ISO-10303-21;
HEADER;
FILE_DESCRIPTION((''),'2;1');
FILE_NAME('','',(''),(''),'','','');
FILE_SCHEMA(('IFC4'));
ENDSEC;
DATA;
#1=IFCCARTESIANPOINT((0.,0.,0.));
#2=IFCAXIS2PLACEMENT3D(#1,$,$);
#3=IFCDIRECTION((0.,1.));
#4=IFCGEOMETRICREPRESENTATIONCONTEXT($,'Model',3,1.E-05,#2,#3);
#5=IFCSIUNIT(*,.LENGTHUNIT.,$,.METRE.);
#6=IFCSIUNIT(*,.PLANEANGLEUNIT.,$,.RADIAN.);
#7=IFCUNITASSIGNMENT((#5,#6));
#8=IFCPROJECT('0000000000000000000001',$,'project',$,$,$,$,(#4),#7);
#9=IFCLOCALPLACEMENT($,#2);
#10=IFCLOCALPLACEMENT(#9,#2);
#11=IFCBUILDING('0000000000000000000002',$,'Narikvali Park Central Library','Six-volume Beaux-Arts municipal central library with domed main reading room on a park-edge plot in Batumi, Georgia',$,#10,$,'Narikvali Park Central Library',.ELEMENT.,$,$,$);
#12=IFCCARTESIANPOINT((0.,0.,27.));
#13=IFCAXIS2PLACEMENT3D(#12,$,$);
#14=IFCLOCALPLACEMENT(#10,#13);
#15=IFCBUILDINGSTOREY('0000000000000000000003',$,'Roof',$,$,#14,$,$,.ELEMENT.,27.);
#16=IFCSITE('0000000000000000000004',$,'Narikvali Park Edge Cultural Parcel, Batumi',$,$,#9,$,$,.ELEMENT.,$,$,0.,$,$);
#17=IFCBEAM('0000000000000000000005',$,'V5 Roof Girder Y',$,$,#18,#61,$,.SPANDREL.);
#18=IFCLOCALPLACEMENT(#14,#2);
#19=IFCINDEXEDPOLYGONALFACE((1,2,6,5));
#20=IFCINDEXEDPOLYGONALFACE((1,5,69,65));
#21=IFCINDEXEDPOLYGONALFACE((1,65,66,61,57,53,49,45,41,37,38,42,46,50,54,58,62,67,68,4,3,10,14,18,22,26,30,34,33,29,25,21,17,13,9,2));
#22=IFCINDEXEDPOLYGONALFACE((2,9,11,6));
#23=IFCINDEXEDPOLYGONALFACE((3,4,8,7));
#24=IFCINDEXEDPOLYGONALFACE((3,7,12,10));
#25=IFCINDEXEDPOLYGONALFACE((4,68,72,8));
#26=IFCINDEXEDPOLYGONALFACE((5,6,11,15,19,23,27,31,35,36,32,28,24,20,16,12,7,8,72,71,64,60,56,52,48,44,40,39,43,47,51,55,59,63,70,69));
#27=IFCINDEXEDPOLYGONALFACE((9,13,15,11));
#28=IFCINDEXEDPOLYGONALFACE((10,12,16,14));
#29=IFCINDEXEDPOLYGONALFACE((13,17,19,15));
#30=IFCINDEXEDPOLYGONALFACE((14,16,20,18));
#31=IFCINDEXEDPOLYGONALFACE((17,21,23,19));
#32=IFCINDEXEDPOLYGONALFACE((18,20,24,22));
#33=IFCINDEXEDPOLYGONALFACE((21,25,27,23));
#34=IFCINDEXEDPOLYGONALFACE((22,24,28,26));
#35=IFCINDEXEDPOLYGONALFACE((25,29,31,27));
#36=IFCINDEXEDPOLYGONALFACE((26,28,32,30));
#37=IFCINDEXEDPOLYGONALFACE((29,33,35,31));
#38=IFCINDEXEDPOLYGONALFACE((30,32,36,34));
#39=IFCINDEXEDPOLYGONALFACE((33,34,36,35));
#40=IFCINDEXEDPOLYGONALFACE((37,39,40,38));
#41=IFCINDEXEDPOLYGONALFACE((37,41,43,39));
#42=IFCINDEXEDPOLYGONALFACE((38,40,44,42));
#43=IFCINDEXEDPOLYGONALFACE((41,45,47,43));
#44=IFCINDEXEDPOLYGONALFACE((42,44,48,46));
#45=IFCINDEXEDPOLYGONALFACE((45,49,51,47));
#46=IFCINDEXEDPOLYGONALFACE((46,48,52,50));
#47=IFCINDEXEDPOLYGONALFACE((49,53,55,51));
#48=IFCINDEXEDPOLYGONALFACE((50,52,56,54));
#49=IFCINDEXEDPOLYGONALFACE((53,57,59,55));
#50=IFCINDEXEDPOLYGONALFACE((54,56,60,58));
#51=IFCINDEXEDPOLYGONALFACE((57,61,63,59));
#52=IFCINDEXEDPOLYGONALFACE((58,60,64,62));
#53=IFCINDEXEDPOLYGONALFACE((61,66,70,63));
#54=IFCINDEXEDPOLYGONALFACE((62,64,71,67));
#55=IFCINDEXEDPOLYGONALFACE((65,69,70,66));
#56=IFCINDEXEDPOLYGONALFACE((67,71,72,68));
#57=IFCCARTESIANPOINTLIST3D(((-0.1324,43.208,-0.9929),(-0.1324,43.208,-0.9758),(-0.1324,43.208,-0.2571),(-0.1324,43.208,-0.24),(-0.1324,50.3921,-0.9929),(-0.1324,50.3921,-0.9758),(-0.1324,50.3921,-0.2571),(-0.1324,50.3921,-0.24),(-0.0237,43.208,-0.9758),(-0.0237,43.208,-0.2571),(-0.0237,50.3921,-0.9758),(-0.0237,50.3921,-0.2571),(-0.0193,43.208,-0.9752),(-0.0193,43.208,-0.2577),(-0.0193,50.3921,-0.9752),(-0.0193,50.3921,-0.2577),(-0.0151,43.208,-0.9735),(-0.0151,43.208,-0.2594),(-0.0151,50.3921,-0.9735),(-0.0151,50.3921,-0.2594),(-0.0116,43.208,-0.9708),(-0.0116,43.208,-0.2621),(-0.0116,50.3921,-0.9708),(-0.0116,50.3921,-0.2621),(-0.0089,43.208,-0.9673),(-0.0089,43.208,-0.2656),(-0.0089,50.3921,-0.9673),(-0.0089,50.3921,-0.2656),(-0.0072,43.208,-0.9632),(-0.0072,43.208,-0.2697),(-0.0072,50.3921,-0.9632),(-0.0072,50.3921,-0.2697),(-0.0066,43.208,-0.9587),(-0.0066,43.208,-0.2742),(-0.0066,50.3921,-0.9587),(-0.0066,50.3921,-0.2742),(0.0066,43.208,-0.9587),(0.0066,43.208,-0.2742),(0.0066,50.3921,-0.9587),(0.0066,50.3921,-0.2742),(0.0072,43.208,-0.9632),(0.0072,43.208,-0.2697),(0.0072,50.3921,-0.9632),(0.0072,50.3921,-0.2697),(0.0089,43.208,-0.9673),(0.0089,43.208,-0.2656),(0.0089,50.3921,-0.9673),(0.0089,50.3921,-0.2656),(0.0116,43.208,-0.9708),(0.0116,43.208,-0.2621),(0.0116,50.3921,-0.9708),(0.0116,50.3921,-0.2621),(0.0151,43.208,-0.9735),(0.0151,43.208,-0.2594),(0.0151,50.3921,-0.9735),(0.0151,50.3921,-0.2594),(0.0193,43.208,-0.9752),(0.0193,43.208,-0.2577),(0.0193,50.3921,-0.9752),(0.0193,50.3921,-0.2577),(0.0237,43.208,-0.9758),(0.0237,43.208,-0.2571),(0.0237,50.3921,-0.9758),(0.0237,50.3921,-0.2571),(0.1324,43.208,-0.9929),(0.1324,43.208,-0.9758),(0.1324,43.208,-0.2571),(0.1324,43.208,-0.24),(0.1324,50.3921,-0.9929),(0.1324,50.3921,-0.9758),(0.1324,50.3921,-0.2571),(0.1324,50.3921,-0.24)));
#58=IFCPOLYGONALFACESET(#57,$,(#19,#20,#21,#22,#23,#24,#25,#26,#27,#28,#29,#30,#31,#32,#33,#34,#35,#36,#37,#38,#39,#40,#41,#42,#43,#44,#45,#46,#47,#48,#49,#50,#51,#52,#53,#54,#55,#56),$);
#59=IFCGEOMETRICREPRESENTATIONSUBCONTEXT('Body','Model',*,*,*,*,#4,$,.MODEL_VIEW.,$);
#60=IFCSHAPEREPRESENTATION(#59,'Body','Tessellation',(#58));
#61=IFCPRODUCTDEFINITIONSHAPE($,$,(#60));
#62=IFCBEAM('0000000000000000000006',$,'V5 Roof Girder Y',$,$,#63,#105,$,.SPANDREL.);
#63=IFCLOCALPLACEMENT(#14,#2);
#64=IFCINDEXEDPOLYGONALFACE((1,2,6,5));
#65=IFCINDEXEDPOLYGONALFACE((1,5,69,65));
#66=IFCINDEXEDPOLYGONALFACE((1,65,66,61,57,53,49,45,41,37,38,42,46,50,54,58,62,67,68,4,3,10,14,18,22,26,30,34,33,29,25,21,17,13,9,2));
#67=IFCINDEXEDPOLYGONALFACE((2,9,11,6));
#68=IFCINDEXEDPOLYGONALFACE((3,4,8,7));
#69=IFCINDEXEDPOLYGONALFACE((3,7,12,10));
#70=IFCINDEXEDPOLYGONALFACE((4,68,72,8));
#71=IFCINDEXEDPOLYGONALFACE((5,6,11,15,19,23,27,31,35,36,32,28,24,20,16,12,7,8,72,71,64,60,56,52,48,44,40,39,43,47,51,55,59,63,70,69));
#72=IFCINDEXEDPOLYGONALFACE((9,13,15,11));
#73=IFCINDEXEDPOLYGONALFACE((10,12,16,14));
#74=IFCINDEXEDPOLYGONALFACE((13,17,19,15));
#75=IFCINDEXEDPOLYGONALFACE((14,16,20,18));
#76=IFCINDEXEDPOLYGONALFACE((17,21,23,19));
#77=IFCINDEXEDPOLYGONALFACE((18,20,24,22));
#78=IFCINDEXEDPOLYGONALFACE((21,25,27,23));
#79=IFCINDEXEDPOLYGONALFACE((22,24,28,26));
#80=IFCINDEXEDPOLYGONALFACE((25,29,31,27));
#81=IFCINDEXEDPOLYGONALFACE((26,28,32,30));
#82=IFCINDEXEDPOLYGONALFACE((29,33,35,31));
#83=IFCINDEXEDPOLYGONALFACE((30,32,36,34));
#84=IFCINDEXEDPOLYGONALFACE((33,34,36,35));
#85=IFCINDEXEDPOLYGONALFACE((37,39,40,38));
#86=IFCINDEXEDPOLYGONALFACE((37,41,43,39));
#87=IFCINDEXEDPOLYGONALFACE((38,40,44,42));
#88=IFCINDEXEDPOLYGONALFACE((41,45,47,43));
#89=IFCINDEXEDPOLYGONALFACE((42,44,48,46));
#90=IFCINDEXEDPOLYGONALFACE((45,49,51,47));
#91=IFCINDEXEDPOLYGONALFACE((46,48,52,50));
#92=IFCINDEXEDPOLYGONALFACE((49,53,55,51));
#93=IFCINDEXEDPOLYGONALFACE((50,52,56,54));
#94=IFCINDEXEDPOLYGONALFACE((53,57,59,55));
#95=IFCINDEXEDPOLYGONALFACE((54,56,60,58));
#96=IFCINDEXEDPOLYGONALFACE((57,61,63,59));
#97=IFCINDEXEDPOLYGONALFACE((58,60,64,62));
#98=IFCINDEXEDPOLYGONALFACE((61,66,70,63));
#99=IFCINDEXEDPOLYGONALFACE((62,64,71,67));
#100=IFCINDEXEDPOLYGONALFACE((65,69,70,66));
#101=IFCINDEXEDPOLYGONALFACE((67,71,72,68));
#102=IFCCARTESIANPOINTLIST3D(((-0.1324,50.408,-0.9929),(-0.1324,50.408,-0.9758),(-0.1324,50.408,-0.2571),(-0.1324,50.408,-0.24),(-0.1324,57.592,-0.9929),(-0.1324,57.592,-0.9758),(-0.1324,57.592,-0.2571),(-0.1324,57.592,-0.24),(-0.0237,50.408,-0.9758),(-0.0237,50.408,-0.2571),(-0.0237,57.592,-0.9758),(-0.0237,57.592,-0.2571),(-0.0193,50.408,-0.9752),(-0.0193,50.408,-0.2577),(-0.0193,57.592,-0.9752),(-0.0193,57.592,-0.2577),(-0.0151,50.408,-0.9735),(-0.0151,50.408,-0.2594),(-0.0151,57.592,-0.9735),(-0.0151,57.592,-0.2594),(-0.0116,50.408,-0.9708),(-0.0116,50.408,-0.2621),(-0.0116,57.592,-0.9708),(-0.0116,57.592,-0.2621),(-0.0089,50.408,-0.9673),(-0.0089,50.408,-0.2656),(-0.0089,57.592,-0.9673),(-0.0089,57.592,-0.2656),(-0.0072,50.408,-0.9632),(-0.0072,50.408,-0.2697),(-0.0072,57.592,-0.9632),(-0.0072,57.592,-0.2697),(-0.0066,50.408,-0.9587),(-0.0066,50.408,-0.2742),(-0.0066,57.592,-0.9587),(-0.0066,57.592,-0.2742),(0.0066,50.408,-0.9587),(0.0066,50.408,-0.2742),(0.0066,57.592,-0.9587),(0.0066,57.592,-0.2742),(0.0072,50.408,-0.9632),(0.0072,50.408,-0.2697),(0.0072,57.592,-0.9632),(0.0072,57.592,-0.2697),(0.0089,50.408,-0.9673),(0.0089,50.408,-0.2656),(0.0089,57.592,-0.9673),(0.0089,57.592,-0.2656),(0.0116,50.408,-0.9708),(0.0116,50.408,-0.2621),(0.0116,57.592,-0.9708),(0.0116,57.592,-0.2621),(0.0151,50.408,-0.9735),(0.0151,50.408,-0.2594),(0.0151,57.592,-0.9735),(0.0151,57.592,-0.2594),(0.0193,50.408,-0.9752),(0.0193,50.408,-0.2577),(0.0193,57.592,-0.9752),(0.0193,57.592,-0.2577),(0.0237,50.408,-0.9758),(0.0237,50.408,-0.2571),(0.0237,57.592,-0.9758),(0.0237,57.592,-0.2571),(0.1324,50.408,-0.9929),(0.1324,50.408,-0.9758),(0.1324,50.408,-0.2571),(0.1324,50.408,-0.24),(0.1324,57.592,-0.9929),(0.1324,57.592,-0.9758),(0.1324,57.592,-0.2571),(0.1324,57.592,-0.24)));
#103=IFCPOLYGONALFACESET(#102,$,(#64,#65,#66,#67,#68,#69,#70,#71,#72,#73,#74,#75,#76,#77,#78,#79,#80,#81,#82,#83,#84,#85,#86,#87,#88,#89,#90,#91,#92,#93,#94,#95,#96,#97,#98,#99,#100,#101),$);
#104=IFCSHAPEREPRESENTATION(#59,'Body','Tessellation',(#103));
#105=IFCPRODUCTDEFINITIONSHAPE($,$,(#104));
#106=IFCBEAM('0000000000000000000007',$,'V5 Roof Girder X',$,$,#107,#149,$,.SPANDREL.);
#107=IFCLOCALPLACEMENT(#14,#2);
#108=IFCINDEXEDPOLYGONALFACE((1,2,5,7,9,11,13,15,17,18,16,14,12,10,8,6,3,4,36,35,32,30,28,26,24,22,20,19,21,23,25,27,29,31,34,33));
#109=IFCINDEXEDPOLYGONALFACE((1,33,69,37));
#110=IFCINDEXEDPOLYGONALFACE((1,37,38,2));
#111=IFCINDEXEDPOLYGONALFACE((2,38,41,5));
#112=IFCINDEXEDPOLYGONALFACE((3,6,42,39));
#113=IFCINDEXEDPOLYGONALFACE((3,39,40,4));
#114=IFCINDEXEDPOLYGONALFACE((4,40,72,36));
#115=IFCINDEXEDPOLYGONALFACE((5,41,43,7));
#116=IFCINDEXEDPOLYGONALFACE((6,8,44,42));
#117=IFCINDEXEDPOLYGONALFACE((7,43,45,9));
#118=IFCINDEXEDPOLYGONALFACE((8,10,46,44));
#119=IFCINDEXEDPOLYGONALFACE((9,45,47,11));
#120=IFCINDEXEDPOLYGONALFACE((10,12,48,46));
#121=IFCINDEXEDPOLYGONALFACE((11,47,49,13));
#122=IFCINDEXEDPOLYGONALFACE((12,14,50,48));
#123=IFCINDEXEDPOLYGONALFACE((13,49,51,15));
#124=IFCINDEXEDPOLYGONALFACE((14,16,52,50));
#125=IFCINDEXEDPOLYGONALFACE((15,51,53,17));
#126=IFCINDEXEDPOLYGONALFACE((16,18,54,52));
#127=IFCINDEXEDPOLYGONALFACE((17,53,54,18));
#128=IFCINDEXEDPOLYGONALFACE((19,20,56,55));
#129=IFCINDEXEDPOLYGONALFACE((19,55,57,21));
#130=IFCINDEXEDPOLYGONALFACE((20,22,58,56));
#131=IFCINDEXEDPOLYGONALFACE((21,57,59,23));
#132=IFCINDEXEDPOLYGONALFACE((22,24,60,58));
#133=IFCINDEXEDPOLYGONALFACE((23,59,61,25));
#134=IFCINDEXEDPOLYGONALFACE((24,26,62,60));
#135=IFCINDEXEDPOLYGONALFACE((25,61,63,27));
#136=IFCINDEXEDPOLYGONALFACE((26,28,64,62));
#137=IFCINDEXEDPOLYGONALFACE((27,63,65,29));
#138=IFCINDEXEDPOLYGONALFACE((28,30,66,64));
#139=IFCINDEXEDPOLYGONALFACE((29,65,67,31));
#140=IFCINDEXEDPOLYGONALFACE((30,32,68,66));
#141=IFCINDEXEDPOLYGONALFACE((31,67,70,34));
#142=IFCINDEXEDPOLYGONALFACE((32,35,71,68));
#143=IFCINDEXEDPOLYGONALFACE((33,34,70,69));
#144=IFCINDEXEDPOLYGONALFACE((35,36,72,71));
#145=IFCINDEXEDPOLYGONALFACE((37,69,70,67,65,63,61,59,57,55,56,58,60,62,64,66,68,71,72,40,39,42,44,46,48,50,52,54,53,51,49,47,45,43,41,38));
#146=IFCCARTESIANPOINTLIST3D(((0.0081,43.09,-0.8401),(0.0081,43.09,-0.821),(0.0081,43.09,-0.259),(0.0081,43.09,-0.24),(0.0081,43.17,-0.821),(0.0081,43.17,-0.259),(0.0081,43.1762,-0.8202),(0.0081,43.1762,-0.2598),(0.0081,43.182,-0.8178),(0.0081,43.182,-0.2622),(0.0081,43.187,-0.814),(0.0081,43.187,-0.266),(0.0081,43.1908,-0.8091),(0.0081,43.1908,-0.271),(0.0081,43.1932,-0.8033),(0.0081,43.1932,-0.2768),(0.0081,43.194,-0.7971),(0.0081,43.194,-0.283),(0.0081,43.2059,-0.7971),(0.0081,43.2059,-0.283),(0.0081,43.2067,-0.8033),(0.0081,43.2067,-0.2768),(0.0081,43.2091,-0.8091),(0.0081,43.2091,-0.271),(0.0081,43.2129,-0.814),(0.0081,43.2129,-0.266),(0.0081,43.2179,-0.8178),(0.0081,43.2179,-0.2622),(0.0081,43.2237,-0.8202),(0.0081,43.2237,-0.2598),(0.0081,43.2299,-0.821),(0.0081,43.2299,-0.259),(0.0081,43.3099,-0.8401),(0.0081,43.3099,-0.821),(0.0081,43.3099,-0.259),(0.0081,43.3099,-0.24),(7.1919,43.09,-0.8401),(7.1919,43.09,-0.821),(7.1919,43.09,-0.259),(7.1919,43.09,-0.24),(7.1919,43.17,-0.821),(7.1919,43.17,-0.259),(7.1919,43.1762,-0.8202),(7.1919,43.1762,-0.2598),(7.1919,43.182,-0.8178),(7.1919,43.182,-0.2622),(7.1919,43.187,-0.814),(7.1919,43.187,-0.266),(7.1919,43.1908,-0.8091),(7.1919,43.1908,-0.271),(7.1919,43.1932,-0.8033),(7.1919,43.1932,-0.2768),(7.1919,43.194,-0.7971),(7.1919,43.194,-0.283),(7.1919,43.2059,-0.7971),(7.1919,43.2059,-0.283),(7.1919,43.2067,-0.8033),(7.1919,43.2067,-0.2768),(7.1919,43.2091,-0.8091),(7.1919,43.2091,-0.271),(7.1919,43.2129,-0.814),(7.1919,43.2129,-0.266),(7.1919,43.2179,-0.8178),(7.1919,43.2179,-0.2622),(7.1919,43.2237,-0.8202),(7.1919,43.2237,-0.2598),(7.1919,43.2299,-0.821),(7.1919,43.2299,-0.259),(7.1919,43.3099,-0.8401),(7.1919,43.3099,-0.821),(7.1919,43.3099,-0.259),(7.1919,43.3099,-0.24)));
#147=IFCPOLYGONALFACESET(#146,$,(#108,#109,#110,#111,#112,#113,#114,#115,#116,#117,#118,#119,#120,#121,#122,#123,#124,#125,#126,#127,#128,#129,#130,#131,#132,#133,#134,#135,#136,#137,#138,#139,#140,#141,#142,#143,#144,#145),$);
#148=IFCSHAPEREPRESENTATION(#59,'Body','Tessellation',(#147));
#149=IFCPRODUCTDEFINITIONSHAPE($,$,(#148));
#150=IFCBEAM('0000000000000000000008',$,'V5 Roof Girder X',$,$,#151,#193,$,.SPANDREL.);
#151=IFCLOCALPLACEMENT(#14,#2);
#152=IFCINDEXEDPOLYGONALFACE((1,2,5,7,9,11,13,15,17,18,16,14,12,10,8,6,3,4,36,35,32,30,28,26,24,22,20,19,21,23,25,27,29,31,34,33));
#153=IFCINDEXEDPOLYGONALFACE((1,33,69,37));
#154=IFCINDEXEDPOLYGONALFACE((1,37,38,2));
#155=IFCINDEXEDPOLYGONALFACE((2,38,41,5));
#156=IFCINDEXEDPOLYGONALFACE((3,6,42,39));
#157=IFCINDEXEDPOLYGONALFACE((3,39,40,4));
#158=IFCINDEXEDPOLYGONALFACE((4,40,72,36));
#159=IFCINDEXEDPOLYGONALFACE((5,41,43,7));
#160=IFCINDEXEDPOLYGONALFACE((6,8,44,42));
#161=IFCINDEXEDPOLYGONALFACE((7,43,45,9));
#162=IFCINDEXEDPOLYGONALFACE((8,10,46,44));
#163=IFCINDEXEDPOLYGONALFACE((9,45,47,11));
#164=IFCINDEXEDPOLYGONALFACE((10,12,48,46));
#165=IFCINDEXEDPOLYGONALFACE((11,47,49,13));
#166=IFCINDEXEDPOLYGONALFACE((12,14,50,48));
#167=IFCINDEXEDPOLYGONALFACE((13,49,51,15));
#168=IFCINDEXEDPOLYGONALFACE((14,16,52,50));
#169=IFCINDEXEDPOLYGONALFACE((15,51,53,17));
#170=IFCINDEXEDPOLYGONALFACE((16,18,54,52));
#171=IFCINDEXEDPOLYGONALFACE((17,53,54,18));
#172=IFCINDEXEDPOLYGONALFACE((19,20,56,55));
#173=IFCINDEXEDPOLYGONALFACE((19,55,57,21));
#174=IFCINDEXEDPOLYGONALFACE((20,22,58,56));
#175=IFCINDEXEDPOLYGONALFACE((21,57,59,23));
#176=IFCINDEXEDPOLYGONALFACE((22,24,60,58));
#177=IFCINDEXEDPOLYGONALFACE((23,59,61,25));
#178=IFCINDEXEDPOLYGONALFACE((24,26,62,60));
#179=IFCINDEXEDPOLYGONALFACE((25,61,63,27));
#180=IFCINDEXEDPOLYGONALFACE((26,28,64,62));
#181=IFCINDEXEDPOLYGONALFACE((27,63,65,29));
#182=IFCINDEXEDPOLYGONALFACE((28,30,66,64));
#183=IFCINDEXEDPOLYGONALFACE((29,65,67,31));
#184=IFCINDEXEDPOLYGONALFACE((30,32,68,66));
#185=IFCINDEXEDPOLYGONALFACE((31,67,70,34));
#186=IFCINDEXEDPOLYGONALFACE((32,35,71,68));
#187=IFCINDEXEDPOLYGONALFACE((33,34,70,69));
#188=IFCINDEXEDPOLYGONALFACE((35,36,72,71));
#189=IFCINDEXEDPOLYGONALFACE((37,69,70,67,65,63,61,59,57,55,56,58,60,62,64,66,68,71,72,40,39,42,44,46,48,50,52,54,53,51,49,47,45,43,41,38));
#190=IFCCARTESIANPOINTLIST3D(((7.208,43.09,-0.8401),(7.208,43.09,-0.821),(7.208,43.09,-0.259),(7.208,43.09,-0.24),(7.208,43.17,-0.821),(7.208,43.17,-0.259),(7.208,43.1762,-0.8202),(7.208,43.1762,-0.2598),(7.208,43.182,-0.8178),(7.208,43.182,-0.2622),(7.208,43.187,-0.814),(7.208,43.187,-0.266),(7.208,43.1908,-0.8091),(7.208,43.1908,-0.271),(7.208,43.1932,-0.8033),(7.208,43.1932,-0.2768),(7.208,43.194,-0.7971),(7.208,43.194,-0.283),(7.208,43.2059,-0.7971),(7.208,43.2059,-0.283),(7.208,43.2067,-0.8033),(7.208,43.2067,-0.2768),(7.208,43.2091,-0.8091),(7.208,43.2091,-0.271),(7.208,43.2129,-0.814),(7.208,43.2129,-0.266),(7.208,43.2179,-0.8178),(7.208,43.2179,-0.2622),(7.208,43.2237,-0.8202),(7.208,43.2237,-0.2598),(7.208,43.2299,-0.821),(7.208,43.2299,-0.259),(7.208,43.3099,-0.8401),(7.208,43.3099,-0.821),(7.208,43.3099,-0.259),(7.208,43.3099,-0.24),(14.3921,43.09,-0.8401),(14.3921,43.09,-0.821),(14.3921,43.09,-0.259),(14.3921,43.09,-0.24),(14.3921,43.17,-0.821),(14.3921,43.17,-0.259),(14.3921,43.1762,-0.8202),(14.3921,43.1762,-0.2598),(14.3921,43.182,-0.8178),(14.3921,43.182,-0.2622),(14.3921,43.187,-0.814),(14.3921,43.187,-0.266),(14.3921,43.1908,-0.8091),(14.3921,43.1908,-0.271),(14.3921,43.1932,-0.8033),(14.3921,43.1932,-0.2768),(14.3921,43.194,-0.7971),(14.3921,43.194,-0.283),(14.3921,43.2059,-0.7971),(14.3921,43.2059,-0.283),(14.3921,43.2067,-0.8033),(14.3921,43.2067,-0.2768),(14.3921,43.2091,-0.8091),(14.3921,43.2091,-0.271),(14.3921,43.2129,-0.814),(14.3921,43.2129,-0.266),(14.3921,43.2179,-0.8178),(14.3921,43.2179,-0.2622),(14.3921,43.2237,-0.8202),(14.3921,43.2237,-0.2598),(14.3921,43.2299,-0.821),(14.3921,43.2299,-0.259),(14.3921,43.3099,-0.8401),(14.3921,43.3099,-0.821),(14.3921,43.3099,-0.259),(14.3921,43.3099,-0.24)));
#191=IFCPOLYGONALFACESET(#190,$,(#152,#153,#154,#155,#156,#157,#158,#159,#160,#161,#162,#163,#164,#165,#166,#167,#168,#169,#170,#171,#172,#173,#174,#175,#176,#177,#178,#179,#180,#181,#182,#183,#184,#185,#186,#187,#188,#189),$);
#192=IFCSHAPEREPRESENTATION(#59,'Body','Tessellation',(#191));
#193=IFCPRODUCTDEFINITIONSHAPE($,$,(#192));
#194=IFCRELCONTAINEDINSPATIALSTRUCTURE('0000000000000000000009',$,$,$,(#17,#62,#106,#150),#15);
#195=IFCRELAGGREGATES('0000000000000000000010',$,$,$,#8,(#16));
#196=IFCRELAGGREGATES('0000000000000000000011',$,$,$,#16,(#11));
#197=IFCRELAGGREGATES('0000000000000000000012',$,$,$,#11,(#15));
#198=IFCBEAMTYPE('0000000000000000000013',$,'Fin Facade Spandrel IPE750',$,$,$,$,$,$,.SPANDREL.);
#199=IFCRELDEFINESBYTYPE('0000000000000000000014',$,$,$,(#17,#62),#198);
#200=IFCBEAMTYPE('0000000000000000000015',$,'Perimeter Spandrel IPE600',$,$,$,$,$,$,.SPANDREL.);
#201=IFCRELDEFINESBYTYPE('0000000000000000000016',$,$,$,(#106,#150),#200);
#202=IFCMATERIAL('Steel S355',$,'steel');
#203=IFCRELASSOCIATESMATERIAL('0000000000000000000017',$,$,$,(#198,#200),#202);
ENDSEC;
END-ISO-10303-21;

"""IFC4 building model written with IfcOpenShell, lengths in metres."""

from ifc_helpers import new_model, si_unit, direction, frame, origin, origin_2d, place, context, subcontext, project, spatial, i_section, extrude, material, material_profile, profile_set, type_object, element, save


model = new_model("IFC4")

# Units and contexts
model_context = context("Model", 3, precision=1e-05, world=origin(), true_north=direction((0.0, 1.0)))
body_context = subcontext(model_context, "Body", "Model", "MODEL_VIEW")
ifc_project = project(units=[si_unit("LENGTHUNIT", "METRE"), si_unit("PLANEANGLEUNIT", "RADIAN")], contexts=[model_context])

# Site, building, storey
site_placement = place(None, origin())
site = spatial("IfcSite", under=ifc_project, at=site_placement, Name="Narikvali Park Edge Cultural Parcel, Batumi", CompositionType="ELEMENT", RefElevation=0.0)
building_placement = place(site_placement, origin())
building = spatial("IfcBuilding", under=site, at=building_placement, Name="Narikvali Park Central Library", Description="Six-volume Beaux-Arts municipal central library with domed main reading room on a park-edge plot in Batumi, Georgia", LongName="Narikvali Park Central Library", CompositionType="ELEMENT")
storey_placement = place(building_placement, frame((0.0, 0.0, 27.0)))
storey = spatial("IfcBuildingStorey", under=building, at=storey_placement, Name="Roof", CompositionType="ELEMENT", Elevation=27.0)

# Beams
ifc_material_1 = material(Name="Steel S355", Category="steel")
ifc_material_profile_1 = material_profile(ifc_material_1, i_section(OverallWidth=0.2649, OverallDepth=0.7529, WebThickness=0.0132, FlangeThickness=0.0171, FilletRadius=0.0171, at=origin_2d()), Name="IPE 750x147")
ifc_profile_set_1 = profile_set([ifc_material_profile_1], Name="Steel S355")
beam_type_1 = type_object("IfcBeamType", Name="Fin Facade Spandrel IPE750", PredefinedType="SPANDREL", material=ifc_profile_set_1)
for number, where, z_axis, x_axis, name in (
    (1, (0.0, 43.208, -0.6165), (0.0, 1.0, 0.0), (-1.0, 0.0, 0.0), "V5 Roof Girder Y"),
    (2, (0.0, 50.408, -0.6165), (0.0, 1.0, 0.0), (-1.0, 0.0, 0.0), "V5 Roof Girder Y"),
):
    element("IfcBeam", number, at=place(storey_placement, frame(where, z_axis=z_axis, x_axis=x_axis)), inside=storey, type_object=beam_type_1, Name=name, PredefinedType="SPANDREL", context=body_context, shape_type="SweptSolid", body=[
        extrude(i_section(OverallWidth=0.2649, OverallDepth=0.7529, WebThickness=0.0132, FlangeThickness=0.0171, FilletRadius=0.0171, at=origin_2d()), origin(), (0.0, 0.0, 1.0), 7.1841),
    ])
ifc_material_profile_2 = material_profile(ifc_material_1, i_section(OverallWidth=0.22, OverallDepth=0.6001, WebThickness=0.012, FlangeThickness=0.019, FilletRadius=0.0239, at=origin_2d()), Name="IPE 600")
ifc_profile_set_2 = profile_set([ifc_material_profile_2], Name="Steel S355")
beam_type_2 = type_object("IfcBeamType", Name="Perimeter Spandrel IPE600", PredefinedType="SPANDREL", material=ifc_profile_set_2)
beam_1_placement = place(storey_placement, frame((0.0081, 43.2, -0.54), z_axis=(1.0, 0.0, 0.0), x_axis=(0.0, 1.0, 0.0)))
element("IfcBeam", 3, at=beam_1_placement, inside=storey, type_object=beam_type_2, Name="V5 Roof Girder X", PredefinedType="SPANDREL", context=body_context, shape_type="SweptSolid", body=[
    extrude(i_section(OverallWidth=0.22, OverallDepth=0.6001, WebThickness=0.012, FlangeThickness=0.019, FilletRadius=0.0239, at=origin_2d()), origin(), (0.0, 0.0, 1.0), 7.1838),
])
for number, where, z_axis, x_axis, name in (
    (4, (7.208, 43.2, -0.54), (1.0, 0.0, 0.0), (0.0, 1.0, 0.0), "V5 Roof Girder X"),
):
    element("IfcBeam", number, at=place(storey_placement, frame(where, z_axis=z_axis, x_axis=x_axis)), inside=storey, type_object=beam_type_2, Name=name, PredefinedType="SPANDREL", context=body_context, shape_type="SweptSolid", body=[
        extrude(i_section(OverallWidth=0.22, OverallDepth=0.6001, WebThickness=0.012, FlangeThickness=0.019, FilletRadius=0.0239, at=origin_2d()), origin(), (0.0, 0.0, 1.0), 7.1841),
    ])

save(model, "model.ifc")
